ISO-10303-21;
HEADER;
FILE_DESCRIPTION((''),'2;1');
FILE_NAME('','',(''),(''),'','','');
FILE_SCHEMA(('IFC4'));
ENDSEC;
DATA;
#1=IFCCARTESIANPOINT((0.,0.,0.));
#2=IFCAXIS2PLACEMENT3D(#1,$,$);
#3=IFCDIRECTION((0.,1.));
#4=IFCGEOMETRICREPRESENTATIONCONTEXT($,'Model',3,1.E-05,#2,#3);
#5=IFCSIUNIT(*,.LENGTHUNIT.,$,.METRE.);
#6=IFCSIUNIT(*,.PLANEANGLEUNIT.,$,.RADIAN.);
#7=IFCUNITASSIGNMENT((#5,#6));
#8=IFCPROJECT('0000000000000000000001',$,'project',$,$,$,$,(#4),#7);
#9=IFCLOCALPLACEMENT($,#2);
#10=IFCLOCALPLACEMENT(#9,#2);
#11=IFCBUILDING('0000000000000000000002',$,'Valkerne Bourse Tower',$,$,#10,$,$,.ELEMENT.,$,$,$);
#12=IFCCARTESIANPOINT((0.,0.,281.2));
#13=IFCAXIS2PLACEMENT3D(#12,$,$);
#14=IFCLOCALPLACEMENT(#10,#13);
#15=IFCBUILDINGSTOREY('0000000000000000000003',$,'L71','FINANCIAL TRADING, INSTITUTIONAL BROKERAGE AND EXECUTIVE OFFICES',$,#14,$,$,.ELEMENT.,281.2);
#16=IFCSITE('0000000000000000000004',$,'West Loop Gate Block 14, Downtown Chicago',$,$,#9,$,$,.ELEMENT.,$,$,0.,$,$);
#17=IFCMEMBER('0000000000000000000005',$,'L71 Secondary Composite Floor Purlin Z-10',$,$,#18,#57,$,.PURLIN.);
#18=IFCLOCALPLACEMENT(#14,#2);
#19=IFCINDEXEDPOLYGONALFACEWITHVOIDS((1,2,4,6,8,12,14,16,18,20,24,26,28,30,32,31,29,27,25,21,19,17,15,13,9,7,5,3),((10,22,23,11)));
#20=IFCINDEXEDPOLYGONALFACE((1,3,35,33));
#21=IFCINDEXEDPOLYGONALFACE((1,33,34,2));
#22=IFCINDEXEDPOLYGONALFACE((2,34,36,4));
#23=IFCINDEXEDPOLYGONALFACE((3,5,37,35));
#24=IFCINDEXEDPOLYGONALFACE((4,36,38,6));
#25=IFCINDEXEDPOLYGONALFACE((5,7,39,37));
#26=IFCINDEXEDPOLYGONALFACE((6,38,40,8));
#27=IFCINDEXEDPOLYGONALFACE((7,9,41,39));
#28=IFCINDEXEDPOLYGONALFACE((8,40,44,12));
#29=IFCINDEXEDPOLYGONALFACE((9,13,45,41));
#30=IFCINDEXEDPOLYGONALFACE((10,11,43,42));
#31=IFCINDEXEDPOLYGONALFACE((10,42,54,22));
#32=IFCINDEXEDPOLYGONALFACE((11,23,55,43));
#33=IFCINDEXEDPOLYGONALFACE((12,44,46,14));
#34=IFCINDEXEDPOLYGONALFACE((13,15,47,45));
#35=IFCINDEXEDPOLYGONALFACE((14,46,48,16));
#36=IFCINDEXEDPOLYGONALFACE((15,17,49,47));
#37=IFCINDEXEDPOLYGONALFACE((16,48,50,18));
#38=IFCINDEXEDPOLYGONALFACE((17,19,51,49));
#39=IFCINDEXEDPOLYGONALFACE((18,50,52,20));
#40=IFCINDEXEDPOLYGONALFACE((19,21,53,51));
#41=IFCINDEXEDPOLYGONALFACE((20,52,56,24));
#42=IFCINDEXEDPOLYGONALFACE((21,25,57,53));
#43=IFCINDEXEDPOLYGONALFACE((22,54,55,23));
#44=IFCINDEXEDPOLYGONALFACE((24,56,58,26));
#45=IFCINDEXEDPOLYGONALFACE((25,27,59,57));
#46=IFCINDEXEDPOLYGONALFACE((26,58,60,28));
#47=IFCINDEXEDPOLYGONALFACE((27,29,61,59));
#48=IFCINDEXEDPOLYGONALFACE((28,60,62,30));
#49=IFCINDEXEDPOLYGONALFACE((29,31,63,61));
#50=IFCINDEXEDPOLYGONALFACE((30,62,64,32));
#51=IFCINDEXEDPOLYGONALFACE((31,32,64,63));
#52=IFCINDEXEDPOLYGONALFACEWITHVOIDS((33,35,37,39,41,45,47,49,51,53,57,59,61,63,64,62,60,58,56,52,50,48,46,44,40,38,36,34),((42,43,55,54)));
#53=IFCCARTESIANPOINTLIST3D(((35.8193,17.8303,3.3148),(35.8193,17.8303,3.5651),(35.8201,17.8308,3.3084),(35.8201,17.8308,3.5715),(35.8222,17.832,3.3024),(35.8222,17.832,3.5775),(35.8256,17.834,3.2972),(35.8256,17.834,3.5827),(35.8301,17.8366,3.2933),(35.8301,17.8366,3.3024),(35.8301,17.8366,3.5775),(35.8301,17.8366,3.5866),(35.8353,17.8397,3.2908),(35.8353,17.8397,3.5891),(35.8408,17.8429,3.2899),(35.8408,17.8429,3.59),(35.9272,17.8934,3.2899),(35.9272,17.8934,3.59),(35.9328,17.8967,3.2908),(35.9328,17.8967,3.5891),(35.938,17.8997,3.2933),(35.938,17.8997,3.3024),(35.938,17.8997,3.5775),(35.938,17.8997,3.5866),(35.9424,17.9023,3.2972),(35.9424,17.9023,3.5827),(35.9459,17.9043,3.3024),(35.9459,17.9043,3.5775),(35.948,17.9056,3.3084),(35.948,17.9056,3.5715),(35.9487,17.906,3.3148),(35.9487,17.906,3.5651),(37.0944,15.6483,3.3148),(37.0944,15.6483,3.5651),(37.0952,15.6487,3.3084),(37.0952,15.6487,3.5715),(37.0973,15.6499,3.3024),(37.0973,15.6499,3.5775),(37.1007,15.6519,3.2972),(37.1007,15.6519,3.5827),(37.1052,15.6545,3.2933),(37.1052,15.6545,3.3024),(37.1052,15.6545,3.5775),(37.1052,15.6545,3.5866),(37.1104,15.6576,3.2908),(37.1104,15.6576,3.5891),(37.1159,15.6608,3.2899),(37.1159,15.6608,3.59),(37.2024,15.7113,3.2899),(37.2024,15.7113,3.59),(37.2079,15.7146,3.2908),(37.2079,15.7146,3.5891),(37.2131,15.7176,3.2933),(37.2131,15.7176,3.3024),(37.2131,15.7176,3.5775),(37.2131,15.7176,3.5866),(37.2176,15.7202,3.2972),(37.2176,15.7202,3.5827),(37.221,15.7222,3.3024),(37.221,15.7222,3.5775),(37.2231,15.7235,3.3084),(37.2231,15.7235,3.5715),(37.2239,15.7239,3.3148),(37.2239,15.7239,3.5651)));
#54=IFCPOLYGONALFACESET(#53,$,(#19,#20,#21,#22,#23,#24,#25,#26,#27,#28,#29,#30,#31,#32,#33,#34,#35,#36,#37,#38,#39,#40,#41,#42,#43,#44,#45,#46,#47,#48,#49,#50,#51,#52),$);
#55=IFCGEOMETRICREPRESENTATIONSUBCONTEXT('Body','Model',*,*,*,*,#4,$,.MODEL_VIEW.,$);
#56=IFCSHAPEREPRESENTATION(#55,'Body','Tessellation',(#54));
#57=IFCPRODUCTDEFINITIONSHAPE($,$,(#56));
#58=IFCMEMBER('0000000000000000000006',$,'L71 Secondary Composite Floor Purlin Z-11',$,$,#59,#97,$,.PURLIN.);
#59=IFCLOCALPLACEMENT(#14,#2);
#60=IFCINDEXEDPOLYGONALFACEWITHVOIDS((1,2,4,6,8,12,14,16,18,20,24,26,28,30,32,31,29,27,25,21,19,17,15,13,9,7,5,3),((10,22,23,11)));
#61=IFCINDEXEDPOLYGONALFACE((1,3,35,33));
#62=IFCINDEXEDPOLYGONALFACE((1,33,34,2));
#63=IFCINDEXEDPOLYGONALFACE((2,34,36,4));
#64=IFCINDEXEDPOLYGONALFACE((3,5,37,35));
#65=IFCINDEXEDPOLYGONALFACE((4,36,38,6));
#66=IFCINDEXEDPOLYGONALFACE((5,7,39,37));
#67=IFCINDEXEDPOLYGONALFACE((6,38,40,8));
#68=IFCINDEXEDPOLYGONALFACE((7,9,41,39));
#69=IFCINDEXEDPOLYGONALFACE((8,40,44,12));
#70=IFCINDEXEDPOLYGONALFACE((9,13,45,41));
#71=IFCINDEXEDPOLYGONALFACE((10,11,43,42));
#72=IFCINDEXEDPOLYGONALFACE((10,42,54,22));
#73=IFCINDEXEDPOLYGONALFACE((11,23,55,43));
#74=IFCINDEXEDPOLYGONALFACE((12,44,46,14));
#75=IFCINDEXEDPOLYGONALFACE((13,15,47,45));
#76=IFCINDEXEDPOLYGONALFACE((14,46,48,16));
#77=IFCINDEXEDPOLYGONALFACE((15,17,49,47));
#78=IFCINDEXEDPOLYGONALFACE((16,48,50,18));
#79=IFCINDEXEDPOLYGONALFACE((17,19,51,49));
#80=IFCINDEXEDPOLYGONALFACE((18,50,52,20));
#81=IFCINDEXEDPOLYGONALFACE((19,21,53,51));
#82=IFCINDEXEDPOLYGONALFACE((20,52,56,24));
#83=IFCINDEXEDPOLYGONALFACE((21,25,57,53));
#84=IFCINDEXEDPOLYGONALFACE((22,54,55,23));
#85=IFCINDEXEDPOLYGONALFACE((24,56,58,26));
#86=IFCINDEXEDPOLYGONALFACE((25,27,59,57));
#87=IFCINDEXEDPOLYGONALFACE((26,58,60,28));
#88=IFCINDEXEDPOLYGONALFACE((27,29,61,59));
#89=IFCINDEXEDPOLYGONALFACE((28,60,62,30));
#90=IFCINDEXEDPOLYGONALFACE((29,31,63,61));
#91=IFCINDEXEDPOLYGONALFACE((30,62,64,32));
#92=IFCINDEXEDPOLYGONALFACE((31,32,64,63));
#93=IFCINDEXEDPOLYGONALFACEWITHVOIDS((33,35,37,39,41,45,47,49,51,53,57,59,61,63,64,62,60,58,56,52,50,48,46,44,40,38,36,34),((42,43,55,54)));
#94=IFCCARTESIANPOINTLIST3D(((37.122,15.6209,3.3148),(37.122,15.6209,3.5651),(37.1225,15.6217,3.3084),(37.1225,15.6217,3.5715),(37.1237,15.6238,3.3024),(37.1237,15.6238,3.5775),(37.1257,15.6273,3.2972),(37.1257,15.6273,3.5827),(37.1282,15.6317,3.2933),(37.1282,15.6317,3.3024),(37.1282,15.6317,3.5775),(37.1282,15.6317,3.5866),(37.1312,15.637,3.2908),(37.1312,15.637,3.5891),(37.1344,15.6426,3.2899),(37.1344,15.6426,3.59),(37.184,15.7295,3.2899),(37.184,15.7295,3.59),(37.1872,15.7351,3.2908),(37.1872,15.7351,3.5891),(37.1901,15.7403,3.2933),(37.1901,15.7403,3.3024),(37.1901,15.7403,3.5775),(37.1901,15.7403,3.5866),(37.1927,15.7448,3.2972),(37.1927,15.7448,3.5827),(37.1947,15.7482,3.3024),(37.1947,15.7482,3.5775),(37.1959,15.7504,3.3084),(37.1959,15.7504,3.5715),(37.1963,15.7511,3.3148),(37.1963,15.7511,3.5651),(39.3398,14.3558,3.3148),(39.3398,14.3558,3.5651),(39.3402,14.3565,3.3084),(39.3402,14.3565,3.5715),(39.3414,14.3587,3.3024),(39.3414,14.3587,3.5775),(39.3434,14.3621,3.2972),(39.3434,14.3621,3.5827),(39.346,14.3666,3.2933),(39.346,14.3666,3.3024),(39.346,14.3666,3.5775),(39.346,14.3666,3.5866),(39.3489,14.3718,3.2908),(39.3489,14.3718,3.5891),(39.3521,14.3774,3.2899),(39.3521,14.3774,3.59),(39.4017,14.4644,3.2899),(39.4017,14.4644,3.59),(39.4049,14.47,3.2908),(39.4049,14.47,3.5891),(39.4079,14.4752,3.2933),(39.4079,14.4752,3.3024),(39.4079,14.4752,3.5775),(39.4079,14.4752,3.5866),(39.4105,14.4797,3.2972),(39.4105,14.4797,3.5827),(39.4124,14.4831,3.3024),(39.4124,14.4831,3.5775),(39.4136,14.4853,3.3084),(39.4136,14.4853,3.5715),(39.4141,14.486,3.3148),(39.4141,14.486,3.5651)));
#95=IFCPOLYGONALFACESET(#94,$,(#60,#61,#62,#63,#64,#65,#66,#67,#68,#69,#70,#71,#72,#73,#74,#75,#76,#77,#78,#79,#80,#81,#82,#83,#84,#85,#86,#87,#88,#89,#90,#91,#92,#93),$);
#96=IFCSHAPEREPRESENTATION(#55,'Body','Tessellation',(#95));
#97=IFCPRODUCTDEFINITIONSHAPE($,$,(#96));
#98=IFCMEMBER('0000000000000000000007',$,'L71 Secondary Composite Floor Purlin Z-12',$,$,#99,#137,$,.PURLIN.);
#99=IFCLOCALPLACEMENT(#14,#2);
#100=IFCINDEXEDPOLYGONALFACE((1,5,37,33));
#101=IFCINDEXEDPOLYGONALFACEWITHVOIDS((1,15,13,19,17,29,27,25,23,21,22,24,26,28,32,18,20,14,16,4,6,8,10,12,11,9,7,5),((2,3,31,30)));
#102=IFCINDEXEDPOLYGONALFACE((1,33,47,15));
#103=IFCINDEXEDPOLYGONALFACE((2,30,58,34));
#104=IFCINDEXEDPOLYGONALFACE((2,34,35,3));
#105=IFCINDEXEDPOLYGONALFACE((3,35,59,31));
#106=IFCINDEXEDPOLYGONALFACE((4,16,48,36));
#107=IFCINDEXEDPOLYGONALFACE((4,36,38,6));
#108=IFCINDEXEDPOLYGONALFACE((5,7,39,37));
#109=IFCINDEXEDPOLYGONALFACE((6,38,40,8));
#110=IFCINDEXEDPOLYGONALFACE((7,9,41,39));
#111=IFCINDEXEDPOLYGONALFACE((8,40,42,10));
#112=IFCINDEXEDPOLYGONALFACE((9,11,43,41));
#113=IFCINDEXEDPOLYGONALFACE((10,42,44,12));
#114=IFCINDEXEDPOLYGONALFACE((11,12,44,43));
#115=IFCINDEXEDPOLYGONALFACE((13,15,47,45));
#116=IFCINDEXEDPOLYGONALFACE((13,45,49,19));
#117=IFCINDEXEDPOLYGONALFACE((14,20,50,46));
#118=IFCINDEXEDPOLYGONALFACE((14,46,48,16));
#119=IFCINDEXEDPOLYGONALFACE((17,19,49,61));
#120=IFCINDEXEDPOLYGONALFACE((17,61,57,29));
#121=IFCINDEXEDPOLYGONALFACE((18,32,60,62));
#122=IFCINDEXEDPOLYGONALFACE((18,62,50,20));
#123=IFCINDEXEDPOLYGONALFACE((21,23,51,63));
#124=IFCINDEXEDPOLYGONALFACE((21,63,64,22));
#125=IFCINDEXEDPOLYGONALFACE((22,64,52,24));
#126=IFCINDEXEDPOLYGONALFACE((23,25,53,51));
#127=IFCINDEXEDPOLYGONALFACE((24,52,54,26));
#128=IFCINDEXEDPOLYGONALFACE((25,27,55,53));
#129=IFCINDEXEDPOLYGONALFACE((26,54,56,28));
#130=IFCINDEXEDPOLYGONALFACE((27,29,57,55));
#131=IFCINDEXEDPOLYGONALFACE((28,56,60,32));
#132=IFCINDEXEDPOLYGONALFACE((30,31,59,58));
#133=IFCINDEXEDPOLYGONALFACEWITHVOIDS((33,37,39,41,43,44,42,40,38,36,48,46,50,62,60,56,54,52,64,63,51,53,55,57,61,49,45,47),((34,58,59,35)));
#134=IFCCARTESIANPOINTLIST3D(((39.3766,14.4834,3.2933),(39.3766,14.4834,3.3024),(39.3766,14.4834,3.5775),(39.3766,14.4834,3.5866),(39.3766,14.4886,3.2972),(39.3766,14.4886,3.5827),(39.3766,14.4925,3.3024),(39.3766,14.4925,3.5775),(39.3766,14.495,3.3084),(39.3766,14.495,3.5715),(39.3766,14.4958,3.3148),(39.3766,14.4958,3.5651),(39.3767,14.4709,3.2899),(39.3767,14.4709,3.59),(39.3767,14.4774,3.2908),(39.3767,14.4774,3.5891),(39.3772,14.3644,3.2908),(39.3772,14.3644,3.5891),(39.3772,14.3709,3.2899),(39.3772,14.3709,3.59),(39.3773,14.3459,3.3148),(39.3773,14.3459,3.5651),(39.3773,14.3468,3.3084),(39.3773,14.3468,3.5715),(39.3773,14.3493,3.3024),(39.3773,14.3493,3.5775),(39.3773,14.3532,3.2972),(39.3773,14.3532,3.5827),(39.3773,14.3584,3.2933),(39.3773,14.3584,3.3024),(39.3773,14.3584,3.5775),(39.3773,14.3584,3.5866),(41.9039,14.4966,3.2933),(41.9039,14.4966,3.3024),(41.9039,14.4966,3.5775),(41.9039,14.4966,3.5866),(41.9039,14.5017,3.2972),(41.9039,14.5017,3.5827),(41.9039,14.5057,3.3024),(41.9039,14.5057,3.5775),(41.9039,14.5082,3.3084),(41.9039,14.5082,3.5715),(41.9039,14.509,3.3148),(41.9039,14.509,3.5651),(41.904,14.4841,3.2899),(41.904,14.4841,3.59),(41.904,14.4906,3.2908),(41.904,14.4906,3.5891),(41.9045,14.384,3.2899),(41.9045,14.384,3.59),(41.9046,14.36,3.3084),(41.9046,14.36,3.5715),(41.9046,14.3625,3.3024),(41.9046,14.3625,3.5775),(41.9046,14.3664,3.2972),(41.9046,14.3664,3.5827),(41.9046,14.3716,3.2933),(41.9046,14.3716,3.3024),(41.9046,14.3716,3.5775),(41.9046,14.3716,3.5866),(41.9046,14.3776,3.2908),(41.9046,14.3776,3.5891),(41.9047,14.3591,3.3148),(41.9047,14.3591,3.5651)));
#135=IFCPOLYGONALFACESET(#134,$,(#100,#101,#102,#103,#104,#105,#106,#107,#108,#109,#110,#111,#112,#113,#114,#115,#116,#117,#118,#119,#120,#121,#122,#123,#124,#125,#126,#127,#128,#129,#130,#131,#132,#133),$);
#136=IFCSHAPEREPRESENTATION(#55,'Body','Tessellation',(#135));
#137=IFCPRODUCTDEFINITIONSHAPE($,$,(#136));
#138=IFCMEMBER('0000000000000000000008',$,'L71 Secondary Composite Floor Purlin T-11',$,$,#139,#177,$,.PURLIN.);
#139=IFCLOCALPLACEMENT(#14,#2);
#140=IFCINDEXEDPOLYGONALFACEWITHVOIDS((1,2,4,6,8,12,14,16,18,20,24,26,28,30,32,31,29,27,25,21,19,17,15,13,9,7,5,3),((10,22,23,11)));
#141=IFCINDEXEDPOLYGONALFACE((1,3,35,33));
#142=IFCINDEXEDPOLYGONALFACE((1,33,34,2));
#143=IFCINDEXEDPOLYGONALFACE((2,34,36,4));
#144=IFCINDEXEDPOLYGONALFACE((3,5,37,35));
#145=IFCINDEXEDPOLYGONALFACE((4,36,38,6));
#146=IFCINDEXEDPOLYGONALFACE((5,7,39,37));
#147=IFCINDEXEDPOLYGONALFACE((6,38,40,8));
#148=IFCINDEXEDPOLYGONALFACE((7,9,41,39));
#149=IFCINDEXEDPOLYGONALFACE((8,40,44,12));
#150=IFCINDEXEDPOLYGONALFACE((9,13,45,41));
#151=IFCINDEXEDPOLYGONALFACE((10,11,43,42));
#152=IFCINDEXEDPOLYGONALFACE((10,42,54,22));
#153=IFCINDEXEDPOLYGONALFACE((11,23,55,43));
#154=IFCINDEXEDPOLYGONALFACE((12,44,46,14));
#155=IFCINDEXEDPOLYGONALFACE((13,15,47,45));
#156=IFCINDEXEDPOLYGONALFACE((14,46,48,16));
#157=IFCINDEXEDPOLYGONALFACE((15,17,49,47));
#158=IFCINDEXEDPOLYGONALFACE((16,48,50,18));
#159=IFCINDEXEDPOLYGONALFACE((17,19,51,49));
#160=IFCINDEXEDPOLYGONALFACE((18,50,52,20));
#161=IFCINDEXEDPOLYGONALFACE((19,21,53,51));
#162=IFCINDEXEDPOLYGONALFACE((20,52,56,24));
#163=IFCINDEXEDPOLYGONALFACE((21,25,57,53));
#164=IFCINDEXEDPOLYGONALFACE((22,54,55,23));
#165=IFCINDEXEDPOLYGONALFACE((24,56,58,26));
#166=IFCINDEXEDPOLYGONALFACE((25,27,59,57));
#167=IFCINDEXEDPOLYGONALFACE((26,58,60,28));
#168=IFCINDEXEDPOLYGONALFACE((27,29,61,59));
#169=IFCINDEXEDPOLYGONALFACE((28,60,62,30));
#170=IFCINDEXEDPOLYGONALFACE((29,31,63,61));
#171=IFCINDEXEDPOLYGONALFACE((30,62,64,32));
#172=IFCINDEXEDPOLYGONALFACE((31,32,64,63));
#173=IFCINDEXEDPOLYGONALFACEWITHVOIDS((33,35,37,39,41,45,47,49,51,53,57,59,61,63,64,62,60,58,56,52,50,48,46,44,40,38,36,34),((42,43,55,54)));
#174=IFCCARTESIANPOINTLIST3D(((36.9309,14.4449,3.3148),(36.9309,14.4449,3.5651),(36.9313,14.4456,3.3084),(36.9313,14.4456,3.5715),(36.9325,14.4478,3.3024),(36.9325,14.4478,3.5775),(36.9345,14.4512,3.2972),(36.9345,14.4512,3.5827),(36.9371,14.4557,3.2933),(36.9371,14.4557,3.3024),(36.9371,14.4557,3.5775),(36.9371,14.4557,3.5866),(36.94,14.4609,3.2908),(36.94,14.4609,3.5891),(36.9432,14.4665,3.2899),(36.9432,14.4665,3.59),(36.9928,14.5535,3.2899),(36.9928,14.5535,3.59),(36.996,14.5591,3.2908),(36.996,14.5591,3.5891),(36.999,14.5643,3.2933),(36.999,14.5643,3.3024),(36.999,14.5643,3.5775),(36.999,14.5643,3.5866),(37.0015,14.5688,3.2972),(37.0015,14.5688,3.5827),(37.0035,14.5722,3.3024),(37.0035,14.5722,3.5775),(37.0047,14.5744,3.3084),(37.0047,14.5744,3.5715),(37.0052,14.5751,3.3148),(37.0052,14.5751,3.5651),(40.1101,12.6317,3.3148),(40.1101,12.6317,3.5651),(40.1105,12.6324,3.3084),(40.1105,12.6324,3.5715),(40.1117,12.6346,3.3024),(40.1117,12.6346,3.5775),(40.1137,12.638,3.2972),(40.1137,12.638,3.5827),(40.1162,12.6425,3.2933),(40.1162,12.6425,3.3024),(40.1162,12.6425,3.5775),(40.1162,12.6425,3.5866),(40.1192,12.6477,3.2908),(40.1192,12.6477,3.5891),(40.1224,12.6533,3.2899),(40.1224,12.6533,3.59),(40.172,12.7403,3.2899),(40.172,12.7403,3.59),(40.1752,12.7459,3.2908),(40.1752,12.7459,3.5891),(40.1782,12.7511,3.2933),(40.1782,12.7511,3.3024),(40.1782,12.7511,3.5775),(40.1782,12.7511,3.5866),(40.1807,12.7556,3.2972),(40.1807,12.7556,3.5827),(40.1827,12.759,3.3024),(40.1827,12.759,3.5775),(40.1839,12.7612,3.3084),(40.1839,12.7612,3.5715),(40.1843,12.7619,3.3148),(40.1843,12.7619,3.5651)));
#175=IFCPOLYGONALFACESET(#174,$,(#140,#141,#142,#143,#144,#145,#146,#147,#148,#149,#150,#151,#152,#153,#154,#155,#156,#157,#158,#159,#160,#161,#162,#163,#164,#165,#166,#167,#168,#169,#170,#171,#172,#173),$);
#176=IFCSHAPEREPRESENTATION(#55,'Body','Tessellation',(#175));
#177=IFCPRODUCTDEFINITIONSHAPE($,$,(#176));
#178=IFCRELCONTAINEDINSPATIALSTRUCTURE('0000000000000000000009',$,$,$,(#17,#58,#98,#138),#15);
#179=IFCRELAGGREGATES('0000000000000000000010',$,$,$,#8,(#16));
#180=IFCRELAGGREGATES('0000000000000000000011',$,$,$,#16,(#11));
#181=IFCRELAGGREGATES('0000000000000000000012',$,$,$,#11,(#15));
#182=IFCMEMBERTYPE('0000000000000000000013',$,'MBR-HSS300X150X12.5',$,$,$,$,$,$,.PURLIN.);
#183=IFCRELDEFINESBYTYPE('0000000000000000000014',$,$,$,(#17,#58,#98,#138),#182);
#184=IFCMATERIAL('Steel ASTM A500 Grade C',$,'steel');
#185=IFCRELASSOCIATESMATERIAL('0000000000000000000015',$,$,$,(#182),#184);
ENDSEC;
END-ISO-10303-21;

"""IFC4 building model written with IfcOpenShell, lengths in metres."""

from ifc_helpers import new_model, si_unit, direction, frame, origin, origin_2d, place, context, subcontext, project, spatial, hollow_rectangle, extrude, material, material_profile, profile_set, type_object, element, save


model = new_model("IFC4")

# Units and contexts
model_context = context("Model", 3, precision=1e-05, world=origin(), true_north=direction((0.0, 1.0)))
body_context = subcontext(model_context, "Body", "Model", "MODEL_VIEW")
ifc_project = project(units=[si_unit("LENGTHUNIT", "METRE"), si_unit("PLANEANGLEUNIT", "RADIAN")], contexts=[model_context])

# Site, building, storey
site_placement = place(None, origin())
site = spatial("IfcSite", under=ifc_project, at=site_placement, Name="West Loop Gate Block 14, Downtown Chicago", CompositionType="ELEMENT", RefElevation=0.0)
building_placement = place(site_placement, origin())
building = spatial("IfcBuilding", under=site, at=building_placement, Name="Valkerne Bourse Tower", CompositionType="ELEMENT")
storey_placement = place(building_placement, frame((0.0, 0.0, 281.2)))
storey = spatial("IfcBuildingStorey", under=building, at=storey_placement, Name="L71", Description="FINANCIAL TRADING, INSTITUTIONAL BROKERAGE AND EXECUTIVE OFFICES", CompositionType="ELEMENT", Elevation=281.2)

# Members
ifc_material_1 = material(Name="Steel ASTM A500 Grade C", Category="steel")
ifc_material_profile_1 = material_profile(ifc_material_1, hollow_rectangle(XDim=0.1499, YDim=0.3, WallThickness=0.0125, OuterFilletRadius=0.0249, at=origin_2d()), Name="HSS300X150X12.5")
ifc_profile_set_1 = profile_set([ifc_material_profile_1], Name="Steel ASTM A500 Grade C")
member_type_1 = type_object("IfcMemberType", Name="MBR-HSS300X150X12.5", PredefinedType="PURLIN", material=ifc_profile_set_1)
member_1_placement = place(storey_placement, frame((35.884, 17.8682, 3.4399), z_axis=(0.504532, -0.863393, 0.0), x_axis=(0.863393, 0.504532, 0.0)))
element("IfcMember", 1, at=member_1_placement, inside=storey, type_object=member_type_1, Name="L71 Secondary Composite Floor Purlin Z-10", PredefinedType="PURLIN", context=body_context, shape_type="SweptSolid", body=[
    extrude(hollow_rectangle(XDim=0.1499, YDim=0.3, WallThickness=0.0125, OuterFilletRadius=0.0249, at=origin_2d()), origin(), (0.0, 0.0, 1.0), 2.5273),
])
member_2_placement = place(storey_placement, frame((37.1592, 15.686, 3.4399), z_axis=(0.868608, -0.4955, 0.0), x_axis=(0.4955, 0.868608, 0.0)))
element("IfcMember", 2, at=member_2_placement, inside=storey, type_object=member_type_1, Name="L71 Secondary Composite Floor Purlin Z-11", PredefinedType="PURLIN", context=body_context, shape_type="SweptSolid", body=[
    extrude(hollow_rectangle(XDim=0.1499, YDim=0.3, WallThickness=0.0125, OuterFilletRadius=0.0249, at=origin_2d()), origin(), (0.0, 0.0, 1.0), 2.5532),
])
member_3_placement = place(storey_placement, frame((39.377, 14.4209, 3.4399), z_axis=(0.999986, 0.005216, 0.0), x_axis=(-0.005216, 0.999986, 0.0)))
element("IfcMember", 3, at=member_3_placement, inside=storey, type_object=member_type_1, Name="L71 Secondary Composite Floor Purlin Z-12", PredefinedType="PURLIN", context=body_context, shape_type="SweptSolid", body=[
    extrude(hollow_rectangle(XDim=0.1499, YDim=0.3, WallThickness=0.0125, OuterFilletRadius=0.0249, at=origin_2d()), origin(), (0.0, 0.0, 1.0), 2.5273),
])
member_4_placement = place(storey_placement, frame((36.968, 14.51, 3.4399), z_axis=(0.868649, -0.495428, 0.0), x_axis=(0.495428, 0.868649, 0.0)))
element("IfcMember", 4, at=member_4_placement, inside=storey, type_object=member_type_1, Name="L71 Secondary Composite Floor Purlin T-11", PredefinedType="PURLIN", context=body_context, shape_type="SweptSolid", body=[
    extrude(hollow_rectangle(XDim=0.1499, YDim=0.3, WallThickness=0.0125, OuterFilletRadius=0.0249, at=origin_2d()), origin(), (0.0, 0.0, 1.0), 3.6599),
])

save(model, "model.ifc")
